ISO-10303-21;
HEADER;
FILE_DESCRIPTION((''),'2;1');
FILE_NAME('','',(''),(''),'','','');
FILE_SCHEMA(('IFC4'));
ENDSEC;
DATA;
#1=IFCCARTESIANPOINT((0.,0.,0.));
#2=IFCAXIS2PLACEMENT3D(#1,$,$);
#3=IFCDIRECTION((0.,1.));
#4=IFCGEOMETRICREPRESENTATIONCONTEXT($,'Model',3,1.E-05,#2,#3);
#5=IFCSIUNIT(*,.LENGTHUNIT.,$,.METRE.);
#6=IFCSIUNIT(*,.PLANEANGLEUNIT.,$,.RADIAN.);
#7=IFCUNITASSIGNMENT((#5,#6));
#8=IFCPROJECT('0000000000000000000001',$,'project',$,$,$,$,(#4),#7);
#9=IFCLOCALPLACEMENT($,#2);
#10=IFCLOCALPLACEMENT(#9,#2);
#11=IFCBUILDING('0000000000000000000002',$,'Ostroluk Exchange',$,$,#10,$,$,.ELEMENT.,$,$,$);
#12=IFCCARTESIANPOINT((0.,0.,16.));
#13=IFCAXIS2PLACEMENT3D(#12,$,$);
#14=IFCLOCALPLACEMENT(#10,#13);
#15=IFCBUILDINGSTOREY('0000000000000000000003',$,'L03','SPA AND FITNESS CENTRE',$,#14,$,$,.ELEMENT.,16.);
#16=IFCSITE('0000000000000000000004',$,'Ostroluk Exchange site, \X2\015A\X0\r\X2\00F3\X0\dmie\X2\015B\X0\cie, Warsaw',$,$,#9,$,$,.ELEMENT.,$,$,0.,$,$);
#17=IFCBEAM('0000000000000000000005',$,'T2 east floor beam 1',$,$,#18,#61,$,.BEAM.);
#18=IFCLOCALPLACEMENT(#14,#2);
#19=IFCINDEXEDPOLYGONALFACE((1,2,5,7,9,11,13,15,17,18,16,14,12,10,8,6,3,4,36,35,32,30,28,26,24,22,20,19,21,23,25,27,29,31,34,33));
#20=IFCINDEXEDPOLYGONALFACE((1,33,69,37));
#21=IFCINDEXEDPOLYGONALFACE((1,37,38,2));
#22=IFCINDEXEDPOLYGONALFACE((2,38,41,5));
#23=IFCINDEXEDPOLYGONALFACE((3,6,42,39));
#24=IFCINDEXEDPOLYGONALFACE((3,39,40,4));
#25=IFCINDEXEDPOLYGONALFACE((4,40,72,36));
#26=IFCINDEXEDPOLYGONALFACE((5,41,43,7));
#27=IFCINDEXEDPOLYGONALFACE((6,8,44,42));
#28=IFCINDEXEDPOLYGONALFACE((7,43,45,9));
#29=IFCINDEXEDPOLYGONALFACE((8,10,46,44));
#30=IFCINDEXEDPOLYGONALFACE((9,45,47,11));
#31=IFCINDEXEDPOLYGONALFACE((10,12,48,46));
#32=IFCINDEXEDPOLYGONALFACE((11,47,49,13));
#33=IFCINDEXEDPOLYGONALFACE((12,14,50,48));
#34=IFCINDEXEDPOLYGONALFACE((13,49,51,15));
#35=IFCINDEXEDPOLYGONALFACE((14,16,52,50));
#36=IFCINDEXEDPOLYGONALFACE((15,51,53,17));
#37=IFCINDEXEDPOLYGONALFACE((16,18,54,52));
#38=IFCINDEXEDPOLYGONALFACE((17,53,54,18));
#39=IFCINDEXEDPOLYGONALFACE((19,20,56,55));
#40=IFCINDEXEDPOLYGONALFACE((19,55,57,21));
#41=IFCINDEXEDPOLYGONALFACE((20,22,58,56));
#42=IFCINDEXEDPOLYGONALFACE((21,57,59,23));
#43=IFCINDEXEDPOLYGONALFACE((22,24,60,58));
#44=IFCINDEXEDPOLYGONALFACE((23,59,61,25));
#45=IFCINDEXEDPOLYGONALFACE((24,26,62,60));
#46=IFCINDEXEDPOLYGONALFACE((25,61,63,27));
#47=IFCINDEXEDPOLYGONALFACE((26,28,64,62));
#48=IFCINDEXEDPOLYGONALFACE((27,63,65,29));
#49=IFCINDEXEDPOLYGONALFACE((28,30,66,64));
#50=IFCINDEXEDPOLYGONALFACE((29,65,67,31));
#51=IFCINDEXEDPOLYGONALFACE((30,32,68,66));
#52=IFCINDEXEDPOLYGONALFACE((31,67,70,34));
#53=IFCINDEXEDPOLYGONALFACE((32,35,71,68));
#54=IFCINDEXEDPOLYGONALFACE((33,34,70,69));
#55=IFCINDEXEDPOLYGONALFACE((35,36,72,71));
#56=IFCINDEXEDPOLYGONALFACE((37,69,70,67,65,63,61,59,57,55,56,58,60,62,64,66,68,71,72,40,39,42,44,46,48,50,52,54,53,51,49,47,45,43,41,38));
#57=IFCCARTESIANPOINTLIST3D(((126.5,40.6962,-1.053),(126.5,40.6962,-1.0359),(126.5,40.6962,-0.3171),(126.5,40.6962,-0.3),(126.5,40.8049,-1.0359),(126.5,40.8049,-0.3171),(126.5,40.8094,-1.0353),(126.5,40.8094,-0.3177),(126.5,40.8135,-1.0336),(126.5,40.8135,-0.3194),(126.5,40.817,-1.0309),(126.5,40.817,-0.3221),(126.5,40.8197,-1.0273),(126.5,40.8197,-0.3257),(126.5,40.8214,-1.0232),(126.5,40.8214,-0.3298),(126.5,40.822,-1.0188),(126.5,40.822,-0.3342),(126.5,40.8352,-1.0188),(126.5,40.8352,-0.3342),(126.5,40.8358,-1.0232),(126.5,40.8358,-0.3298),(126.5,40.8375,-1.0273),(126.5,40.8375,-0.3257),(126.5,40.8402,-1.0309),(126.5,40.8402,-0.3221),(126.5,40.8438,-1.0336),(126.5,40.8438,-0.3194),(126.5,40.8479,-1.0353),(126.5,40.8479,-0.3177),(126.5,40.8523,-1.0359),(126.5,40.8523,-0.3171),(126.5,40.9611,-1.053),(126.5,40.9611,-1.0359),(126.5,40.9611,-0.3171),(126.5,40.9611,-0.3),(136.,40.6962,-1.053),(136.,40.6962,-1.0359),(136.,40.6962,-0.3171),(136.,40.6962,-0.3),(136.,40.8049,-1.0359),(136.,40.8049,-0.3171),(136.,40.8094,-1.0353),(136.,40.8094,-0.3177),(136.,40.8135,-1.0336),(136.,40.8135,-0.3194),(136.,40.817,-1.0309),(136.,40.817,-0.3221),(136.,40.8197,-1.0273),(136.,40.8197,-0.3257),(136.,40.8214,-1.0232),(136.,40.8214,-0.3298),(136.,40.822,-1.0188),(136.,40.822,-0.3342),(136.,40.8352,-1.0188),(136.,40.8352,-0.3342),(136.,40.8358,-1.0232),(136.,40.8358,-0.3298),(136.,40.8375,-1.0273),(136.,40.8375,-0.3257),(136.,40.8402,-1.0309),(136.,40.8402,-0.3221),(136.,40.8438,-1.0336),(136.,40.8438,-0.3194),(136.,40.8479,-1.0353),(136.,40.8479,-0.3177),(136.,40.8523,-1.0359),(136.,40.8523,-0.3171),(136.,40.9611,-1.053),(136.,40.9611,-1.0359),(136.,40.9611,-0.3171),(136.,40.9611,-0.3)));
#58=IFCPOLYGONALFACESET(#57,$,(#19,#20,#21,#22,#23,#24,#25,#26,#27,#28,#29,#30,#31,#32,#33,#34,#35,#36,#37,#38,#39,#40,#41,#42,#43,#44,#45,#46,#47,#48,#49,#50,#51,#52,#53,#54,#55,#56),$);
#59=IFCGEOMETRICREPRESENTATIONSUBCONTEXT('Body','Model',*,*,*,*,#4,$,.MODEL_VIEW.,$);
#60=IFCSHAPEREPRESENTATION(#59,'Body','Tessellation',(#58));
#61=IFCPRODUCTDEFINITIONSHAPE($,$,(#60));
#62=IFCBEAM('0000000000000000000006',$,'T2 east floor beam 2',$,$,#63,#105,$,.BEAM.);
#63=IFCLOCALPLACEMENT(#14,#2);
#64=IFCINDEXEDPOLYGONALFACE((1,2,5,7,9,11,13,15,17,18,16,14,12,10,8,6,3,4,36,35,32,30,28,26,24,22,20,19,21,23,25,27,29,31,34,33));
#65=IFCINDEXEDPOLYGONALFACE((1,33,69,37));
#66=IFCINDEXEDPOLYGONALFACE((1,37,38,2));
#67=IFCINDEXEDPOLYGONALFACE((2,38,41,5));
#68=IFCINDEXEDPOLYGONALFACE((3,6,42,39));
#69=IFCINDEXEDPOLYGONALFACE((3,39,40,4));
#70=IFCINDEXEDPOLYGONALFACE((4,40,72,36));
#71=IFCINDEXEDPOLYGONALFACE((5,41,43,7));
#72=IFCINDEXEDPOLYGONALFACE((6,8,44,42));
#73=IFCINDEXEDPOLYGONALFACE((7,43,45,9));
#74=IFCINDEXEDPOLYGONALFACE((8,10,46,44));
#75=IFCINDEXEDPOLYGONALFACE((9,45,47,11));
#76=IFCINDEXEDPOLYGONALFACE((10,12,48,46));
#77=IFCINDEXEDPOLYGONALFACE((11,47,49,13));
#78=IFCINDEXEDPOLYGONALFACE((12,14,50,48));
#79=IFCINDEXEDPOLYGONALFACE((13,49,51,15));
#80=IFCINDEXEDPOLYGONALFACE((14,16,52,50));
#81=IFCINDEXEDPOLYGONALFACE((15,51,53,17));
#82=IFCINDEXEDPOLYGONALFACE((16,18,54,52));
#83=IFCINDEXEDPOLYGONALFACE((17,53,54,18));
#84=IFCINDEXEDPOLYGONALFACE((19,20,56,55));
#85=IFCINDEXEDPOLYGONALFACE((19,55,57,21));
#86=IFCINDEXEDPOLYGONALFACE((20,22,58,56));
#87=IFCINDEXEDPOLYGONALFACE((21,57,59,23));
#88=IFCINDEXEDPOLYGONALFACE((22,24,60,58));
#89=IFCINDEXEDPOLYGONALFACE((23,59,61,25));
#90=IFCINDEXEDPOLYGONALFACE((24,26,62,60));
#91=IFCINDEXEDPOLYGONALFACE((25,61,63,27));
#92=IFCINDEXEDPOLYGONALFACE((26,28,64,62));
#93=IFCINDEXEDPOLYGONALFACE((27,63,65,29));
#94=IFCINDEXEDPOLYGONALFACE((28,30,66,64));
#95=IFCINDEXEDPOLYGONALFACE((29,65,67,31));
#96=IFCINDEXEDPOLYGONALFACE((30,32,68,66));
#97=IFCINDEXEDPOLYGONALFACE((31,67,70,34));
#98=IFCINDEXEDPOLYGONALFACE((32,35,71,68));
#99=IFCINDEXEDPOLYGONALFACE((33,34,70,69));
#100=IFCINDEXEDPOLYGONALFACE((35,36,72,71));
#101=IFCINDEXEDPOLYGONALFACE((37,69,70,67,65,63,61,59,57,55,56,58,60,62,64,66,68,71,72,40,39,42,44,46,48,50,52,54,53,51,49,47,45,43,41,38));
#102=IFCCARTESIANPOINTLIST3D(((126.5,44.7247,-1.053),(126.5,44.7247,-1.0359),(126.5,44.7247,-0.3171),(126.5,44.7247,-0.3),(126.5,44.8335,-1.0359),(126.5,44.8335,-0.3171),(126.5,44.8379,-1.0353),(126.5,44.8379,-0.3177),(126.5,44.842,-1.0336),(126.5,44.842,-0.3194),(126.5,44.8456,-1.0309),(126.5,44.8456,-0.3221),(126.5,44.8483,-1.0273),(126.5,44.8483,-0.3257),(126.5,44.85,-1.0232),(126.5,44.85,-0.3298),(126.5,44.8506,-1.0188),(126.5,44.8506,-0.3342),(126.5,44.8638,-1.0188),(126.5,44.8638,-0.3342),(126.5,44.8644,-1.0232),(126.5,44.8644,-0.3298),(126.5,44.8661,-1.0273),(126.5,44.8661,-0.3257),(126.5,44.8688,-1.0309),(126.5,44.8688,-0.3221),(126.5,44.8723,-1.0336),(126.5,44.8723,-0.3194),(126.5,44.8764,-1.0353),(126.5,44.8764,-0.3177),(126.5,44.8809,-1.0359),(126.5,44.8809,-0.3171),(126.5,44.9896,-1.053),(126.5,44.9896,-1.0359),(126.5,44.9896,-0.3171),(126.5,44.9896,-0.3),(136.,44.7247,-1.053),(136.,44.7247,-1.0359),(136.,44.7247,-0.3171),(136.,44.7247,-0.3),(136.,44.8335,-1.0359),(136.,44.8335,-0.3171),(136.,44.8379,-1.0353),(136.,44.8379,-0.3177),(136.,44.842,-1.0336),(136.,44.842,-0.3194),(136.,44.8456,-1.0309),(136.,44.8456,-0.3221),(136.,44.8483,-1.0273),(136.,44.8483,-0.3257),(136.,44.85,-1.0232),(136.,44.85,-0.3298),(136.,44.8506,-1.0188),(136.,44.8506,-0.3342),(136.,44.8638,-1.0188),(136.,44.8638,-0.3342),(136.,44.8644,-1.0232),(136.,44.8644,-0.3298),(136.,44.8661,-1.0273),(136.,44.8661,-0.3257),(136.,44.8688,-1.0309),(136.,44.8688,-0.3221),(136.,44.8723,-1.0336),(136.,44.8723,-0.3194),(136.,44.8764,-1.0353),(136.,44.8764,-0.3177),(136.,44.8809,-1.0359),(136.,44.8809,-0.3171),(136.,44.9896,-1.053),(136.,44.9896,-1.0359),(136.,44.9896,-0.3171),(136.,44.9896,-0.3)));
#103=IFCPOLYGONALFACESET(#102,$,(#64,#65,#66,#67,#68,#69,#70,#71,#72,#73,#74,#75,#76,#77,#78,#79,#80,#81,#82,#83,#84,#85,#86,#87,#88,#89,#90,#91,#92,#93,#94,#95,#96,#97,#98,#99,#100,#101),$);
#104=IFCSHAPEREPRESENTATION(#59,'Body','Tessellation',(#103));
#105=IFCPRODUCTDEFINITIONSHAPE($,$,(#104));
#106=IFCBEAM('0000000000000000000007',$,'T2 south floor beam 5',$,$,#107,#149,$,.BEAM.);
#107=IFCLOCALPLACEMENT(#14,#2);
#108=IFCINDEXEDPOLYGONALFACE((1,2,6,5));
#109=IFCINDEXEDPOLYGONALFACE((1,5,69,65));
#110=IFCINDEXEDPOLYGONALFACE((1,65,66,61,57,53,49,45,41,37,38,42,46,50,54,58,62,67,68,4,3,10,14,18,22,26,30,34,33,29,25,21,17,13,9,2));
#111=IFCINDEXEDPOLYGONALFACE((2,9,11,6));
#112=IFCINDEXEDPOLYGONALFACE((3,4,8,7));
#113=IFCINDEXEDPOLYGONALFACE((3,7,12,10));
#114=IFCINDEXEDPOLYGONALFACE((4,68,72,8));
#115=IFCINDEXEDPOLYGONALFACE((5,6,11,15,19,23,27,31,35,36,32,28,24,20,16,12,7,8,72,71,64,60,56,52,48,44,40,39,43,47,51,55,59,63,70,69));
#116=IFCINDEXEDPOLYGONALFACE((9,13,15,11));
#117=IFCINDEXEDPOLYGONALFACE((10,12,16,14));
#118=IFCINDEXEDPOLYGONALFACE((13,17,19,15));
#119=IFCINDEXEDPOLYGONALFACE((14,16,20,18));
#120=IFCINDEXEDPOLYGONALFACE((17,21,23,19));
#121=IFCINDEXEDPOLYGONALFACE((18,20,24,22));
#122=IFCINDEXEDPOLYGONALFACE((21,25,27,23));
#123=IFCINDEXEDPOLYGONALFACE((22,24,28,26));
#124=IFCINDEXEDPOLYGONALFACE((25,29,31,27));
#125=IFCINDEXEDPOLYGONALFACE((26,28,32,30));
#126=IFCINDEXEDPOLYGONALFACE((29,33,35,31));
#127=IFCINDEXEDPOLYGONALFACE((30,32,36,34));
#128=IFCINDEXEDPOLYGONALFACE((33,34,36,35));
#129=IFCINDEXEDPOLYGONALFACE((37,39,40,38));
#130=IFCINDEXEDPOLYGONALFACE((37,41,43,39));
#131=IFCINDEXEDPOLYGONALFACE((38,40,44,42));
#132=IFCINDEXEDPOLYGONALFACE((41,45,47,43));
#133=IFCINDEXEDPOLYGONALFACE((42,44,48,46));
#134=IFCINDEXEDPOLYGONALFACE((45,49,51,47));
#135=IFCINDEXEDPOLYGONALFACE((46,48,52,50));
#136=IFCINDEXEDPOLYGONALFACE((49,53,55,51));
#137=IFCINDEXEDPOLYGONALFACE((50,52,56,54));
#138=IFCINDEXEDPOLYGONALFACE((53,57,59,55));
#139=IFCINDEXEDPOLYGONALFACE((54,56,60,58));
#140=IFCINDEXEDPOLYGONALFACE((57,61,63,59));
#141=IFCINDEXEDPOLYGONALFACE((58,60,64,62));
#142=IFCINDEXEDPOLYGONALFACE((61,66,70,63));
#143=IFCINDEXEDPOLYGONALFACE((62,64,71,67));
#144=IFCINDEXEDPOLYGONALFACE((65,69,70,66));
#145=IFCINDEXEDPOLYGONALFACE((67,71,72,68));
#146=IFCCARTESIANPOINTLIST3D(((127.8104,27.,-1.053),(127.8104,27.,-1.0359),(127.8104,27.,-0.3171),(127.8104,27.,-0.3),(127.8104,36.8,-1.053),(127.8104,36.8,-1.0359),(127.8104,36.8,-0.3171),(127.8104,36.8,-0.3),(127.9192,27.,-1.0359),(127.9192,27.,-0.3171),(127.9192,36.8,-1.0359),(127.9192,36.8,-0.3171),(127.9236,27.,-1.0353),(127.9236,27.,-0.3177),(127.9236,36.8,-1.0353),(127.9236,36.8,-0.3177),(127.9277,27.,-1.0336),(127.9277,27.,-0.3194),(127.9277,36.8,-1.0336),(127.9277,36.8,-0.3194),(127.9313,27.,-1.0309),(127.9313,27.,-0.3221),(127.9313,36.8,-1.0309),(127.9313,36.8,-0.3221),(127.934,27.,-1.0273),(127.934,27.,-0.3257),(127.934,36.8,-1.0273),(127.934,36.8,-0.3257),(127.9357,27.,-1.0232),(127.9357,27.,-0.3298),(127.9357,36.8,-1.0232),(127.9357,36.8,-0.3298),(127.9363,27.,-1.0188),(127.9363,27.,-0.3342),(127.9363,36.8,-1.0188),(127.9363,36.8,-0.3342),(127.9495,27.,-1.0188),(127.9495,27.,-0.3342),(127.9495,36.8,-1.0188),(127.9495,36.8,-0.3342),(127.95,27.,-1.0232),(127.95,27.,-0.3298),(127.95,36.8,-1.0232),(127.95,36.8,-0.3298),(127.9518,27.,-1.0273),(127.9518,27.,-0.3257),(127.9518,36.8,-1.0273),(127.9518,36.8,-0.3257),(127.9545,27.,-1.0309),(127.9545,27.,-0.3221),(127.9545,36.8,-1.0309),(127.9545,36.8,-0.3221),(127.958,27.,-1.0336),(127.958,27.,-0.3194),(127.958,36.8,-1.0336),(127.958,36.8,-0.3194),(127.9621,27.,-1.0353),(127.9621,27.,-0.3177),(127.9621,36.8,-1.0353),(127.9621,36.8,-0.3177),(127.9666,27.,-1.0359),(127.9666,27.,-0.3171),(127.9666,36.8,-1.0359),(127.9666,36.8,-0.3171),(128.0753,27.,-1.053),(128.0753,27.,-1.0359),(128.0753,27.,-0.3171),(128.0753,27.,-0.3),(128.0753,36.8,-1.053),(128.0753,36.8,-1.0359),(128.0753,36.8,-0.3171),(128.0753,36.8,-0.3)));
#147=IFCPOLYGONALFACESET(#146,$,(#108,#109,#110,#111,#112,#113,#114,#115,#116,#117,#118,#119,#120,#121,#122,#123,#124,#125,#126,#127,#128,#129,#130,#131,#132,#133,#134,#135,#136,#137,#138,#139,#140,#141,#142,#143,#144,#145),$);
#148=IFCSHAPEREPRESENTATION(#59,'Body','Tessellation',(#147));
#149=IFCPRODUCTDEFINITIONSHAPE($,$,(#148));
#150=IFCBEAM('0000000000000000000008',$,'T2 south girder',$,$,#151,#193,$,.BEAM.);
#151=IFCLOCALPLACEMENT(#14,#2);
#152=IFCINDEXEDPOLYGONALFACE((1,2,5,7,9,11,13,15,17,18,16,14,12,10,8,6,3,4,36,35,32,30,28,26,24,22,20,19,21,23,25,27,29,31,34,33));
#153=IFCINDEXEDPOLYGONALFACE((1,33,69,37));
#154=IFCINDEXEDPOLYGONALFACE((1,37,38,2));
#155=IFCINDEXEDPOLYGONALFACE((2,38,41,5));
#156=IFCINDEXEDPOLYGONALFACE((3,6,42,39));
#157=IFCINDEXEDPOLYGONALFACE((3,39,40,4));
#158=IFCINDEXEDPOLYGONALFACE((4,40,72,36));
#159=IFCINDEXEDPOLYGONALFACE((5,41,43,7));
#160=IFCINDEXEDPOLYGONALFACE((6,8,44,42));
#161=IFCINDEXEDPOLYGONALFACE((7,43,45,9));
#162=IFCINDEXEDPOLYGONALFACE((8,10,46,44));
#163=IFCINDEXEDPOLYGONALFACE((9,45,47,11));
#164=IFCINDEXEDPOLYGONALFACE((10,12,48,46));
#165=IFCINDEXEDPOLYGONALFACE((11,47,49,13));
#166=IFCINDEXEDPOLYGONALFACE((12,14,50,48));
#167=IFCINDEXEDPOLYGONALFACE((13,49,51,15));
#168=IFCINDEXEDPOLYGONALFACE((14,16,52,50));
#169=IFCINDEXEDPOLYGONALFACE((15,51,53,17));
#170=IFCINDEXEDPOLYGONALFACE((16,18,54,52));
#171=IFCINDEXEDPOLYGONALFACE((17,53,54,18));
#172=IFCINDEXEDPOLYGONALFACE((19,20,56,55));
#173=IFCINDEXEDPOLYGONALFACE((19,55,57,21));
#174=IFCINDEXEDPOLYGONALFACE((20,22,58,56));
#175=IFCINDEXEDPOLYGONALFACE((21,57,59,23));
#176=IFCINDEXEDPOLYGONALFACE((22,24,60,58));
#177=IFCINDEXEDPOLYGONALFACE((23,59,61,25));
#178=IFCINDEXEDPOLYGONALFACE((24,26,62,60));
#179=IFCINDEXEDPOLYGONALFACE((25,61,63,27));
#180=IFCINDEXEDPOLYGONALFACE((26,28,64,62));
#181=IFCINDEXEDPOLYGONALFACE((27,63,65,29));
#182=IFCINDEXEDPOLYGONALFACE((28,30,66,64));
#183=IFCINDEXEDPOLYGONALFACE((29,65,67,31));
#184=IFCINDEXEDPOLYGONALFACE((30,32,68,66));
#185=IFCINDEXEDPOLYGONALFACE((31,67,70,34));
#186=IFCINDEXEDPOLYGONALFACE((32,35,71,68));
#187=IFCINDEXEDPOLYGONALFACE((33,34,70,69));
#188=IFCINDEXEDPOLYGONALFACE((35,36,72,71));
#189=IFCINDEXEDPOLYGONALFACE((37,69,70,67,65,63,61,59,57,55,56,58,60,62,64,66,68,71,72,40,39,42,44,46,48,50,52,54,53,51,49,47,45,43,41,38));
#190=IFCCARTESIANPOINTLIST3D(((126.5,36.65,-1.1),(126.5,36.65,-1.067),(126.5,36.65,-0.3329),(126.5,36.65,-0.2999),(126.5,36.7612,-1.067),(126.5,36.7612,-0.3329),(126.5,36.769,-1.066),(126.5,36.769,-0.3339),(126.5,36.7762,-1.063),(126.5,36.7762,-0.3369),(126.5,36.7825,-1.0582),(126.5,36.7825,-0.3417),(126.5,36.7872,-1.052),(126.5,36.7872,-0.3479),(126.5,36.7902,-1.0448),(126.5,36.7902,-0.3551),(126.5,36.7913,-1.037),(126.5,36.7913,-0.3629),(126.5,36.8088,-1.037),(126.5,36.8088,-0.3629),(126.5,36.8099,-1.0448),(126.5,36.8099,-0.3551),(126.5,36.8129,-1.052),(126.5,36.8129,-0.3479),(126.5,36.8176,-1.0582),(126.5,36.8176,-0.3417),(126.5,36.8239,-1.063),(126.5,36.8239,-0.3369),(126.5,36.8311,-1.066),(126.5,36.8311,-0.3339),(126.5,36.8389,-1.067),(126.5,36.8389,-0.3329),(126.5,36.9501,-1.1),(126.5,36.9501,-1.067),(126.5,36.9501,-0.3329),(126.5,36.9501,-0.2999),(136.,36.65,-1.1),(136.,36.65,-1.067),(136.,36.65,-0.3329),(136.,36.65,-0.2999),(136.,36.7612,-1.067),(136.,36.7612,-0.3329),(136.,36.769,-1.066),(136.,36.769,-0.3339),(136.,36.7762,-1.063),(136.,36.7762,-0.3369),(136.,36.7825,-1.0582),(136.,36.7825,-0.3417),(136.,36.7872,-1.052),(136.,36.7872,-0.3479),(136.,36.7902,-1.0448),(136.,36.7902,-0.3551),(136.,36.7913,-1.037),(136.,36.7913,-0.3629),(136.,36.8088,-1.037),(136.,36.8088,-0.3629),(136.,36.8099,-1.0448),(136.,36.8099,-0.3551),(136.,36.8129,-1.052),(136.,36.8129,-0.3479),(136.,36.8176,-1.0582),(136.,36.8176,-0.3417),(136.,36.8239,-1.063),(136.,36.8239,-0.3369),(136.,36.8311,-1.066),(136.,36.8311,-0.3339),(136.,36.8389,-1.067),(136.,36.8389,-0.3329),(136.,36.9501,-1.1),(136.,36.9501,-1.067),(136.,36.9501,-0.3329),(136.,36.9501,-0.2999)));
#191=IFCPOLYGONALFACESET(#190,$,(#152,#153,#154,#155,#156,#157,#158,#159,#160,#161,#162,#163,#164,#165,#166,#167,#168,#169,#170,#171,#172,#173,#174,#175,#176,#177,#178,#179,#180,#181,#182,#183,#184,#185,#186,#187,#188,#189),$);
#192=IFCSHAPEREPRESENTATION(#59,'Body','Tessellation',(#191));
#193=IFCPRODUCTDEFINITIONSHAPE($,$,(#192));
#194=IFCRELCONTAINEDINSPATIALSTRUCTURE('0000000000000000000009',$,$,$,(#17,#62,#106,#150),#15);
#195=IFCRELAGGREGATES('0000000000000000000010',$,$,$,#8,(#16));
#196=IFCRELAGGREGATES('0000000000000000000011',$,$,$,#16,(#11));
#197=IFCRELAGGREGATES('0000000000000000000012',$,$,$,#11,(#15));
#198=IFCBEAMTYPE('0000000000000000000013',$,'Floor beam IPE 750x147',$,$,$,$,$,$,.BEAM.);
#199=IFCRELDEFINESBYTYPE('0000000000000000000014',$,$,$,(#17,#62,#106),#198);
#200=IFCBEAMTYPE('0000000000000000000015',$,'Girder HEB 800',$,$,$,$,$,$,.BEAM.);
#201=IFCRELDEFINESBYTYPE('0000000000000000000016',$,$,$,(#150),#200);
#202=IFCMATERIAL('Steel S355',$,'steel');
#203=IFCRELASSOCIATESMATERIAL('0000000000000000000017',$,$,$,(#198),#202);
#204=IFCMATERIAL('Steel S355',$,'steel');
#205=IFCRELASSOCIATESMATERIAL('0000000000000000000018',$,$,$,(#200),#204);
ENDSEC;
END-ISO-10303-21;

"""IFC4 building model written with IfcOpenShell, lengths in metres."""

from ifc_helpers import new_model, si_unit, direction, frame, origin, origin_2d, place, context, subcontext, project, spatial, i_section, extrude, material, material_profile, profile_set, type_object, element, save


model = new_model("IFC4")

# Units and contexts
model_context = context("Model", 3, precision=1e-05, world=origin(), true_north=direction((0.0, 1.0)))
body_context = subcontext(model_context, "Body", "Model", "MODEL_VIEW")
ifc_project = project(units=[si_unit("LENGTHUNIT", "METRE"), si_unit("PLANEANGLEUNIT", "RADIAN")], contexts=[model_context])

# Site, building, storey
site_placement = place(None, origin())
site = spatial("IfcSite", under=ifc_project, at=site_placement, Name="Ostroluk Exchange site, Śródmieście, Warsaw", CompositionType="ELEMENT", RefElevation=0.0)
building_placement = place(site_placement, origin())
building = spatial("IfcBuilding", under=site, at=building_placement, Name="Ostroluk Exchange", CompositionType="ELEMENT")
storey_placement = place(building_placement, frame((0.0, 0.0, 16.0)))
storey = spatial("IfcBuildingStorey", under=building, at=storey_placement, Name="L03", Description="SPA AND FITNESS CENTRE", CompositionType="ELEMENT", Elevation=16.0)

# Beams
ifc_material_1 = material(Name="Steel S355", Category="steel")
ifc_material_profile_1 = material_profile(ifc_material_1, i_section(OverallWidth=0.2649, OverallDepth=0.7529, WebThickness=0.0132, FlangeThickness=0.0171, FilletRadius=0.0171, at=origin_2d()), Name="IPE 750x147")
ifc_profile_set_1 = profile_set([ifc_material_profile_1], Name="Steel S355")
beam_type_1 = type_object("IfcBeamType", Name="Floor beam IPE 750x147", PredefinedType="BEAM", material=ifc_profile_set_1)
for number, where, z_axis, x_axis, name in (
    (1, (126.5, 40.8286, -0.6765), (1.0, 0.0, 0.0), (0.0, 1.0, 0.0), "T2 east floor beam 1"),
    (2, (126.5, 44.8572, -0.6765), (1.0, 0.0, 0.0), (0.0, 1.0, 0.0), "T2 east floor beam 2"),
):
    element("IfcBeam", number, at=place(storey_placement, frame(where, z_axis=z_axis, x_axis=x_axis)), inside=storey, type_object=beam_type_1, Name=name, PredefinedType="BEAM", context=body_context, shape_type="SweptSolid", body=[
        extrude(i_section(OverallWidth=0.2649, OverallDepth=0.7529, WebThickness=0.0132, FlangeThickness=0.0171, FilletRadius=0.0171, at=origin_2d()), origin(), (0.0, 0.0, 1.0), 9.5),
    ])
beam_1_placement = place(storey_placement, frame((127.9429, 36.8, -0.6765), z_axis=(0.0, -1.0, 0.0), x_axis=(1.0, 0.0, 0.0)))
element("IfcBeam", 3, at=beam_1_placement, inside=storey, type_object=beam_type_1, Name="T2 south floor beam 5", PredefinedType="BEAM", context=body_context, shape_type="SweptSolid", body=[
    extrude(i_section(OverallWidth=0.2649, OverallDepth=0.7529, WebThickness=0.0132, FlangeThickness=0.0171, FilletRadius=0.0171, at=origin_2d()), origin(), (0.0, 0.0, 1.0), 9.8),
])
ifc_material_2 = material(Name="Steel S355", Category="steel")
ifc_material_profile_2 = material_profile(ifc_material_2, i_section(OverallWidth=0.3, OverallDepth=0.8, WebThickness=0.0176, FlangeThickness=0.033, FilletRadius=0.03, at=origin_2d()), Name="HEB 800")
ifc_profile_set_2 = profile_set([ifc_material_profile_2], Name="Steel S355")
beam_type_2 = type_object("IfcBeamType", Name="Girder HEB 800", PredefinedType="BEAM", material=ifc_profile_set_2)
beam_2_placement = place(storey_placement, frame((126.5, 36.8, -0.7), z_axis=(1.0, 0.0, 0.0), x_axis=(0.0, 1.0, 0.0)))
element("IfcBeam", 4, at=beam_2_placement, inside=storey, type_object=beam_type_2, Name="T2 south girder", PredefinedType="BEAM", context=body_context, shape_type="SweptSolid", body=[
    extrude(i_section(OverallWidth=0.3, OverallDepth=0.8, WebThickness=0.0176, FlangeThickness=0.033, FilletRadius=0.03, at=origin_2d()), origin(), (0.0, 0.0, 1.0), 9.5),
])

save(model, "model.ifc")
